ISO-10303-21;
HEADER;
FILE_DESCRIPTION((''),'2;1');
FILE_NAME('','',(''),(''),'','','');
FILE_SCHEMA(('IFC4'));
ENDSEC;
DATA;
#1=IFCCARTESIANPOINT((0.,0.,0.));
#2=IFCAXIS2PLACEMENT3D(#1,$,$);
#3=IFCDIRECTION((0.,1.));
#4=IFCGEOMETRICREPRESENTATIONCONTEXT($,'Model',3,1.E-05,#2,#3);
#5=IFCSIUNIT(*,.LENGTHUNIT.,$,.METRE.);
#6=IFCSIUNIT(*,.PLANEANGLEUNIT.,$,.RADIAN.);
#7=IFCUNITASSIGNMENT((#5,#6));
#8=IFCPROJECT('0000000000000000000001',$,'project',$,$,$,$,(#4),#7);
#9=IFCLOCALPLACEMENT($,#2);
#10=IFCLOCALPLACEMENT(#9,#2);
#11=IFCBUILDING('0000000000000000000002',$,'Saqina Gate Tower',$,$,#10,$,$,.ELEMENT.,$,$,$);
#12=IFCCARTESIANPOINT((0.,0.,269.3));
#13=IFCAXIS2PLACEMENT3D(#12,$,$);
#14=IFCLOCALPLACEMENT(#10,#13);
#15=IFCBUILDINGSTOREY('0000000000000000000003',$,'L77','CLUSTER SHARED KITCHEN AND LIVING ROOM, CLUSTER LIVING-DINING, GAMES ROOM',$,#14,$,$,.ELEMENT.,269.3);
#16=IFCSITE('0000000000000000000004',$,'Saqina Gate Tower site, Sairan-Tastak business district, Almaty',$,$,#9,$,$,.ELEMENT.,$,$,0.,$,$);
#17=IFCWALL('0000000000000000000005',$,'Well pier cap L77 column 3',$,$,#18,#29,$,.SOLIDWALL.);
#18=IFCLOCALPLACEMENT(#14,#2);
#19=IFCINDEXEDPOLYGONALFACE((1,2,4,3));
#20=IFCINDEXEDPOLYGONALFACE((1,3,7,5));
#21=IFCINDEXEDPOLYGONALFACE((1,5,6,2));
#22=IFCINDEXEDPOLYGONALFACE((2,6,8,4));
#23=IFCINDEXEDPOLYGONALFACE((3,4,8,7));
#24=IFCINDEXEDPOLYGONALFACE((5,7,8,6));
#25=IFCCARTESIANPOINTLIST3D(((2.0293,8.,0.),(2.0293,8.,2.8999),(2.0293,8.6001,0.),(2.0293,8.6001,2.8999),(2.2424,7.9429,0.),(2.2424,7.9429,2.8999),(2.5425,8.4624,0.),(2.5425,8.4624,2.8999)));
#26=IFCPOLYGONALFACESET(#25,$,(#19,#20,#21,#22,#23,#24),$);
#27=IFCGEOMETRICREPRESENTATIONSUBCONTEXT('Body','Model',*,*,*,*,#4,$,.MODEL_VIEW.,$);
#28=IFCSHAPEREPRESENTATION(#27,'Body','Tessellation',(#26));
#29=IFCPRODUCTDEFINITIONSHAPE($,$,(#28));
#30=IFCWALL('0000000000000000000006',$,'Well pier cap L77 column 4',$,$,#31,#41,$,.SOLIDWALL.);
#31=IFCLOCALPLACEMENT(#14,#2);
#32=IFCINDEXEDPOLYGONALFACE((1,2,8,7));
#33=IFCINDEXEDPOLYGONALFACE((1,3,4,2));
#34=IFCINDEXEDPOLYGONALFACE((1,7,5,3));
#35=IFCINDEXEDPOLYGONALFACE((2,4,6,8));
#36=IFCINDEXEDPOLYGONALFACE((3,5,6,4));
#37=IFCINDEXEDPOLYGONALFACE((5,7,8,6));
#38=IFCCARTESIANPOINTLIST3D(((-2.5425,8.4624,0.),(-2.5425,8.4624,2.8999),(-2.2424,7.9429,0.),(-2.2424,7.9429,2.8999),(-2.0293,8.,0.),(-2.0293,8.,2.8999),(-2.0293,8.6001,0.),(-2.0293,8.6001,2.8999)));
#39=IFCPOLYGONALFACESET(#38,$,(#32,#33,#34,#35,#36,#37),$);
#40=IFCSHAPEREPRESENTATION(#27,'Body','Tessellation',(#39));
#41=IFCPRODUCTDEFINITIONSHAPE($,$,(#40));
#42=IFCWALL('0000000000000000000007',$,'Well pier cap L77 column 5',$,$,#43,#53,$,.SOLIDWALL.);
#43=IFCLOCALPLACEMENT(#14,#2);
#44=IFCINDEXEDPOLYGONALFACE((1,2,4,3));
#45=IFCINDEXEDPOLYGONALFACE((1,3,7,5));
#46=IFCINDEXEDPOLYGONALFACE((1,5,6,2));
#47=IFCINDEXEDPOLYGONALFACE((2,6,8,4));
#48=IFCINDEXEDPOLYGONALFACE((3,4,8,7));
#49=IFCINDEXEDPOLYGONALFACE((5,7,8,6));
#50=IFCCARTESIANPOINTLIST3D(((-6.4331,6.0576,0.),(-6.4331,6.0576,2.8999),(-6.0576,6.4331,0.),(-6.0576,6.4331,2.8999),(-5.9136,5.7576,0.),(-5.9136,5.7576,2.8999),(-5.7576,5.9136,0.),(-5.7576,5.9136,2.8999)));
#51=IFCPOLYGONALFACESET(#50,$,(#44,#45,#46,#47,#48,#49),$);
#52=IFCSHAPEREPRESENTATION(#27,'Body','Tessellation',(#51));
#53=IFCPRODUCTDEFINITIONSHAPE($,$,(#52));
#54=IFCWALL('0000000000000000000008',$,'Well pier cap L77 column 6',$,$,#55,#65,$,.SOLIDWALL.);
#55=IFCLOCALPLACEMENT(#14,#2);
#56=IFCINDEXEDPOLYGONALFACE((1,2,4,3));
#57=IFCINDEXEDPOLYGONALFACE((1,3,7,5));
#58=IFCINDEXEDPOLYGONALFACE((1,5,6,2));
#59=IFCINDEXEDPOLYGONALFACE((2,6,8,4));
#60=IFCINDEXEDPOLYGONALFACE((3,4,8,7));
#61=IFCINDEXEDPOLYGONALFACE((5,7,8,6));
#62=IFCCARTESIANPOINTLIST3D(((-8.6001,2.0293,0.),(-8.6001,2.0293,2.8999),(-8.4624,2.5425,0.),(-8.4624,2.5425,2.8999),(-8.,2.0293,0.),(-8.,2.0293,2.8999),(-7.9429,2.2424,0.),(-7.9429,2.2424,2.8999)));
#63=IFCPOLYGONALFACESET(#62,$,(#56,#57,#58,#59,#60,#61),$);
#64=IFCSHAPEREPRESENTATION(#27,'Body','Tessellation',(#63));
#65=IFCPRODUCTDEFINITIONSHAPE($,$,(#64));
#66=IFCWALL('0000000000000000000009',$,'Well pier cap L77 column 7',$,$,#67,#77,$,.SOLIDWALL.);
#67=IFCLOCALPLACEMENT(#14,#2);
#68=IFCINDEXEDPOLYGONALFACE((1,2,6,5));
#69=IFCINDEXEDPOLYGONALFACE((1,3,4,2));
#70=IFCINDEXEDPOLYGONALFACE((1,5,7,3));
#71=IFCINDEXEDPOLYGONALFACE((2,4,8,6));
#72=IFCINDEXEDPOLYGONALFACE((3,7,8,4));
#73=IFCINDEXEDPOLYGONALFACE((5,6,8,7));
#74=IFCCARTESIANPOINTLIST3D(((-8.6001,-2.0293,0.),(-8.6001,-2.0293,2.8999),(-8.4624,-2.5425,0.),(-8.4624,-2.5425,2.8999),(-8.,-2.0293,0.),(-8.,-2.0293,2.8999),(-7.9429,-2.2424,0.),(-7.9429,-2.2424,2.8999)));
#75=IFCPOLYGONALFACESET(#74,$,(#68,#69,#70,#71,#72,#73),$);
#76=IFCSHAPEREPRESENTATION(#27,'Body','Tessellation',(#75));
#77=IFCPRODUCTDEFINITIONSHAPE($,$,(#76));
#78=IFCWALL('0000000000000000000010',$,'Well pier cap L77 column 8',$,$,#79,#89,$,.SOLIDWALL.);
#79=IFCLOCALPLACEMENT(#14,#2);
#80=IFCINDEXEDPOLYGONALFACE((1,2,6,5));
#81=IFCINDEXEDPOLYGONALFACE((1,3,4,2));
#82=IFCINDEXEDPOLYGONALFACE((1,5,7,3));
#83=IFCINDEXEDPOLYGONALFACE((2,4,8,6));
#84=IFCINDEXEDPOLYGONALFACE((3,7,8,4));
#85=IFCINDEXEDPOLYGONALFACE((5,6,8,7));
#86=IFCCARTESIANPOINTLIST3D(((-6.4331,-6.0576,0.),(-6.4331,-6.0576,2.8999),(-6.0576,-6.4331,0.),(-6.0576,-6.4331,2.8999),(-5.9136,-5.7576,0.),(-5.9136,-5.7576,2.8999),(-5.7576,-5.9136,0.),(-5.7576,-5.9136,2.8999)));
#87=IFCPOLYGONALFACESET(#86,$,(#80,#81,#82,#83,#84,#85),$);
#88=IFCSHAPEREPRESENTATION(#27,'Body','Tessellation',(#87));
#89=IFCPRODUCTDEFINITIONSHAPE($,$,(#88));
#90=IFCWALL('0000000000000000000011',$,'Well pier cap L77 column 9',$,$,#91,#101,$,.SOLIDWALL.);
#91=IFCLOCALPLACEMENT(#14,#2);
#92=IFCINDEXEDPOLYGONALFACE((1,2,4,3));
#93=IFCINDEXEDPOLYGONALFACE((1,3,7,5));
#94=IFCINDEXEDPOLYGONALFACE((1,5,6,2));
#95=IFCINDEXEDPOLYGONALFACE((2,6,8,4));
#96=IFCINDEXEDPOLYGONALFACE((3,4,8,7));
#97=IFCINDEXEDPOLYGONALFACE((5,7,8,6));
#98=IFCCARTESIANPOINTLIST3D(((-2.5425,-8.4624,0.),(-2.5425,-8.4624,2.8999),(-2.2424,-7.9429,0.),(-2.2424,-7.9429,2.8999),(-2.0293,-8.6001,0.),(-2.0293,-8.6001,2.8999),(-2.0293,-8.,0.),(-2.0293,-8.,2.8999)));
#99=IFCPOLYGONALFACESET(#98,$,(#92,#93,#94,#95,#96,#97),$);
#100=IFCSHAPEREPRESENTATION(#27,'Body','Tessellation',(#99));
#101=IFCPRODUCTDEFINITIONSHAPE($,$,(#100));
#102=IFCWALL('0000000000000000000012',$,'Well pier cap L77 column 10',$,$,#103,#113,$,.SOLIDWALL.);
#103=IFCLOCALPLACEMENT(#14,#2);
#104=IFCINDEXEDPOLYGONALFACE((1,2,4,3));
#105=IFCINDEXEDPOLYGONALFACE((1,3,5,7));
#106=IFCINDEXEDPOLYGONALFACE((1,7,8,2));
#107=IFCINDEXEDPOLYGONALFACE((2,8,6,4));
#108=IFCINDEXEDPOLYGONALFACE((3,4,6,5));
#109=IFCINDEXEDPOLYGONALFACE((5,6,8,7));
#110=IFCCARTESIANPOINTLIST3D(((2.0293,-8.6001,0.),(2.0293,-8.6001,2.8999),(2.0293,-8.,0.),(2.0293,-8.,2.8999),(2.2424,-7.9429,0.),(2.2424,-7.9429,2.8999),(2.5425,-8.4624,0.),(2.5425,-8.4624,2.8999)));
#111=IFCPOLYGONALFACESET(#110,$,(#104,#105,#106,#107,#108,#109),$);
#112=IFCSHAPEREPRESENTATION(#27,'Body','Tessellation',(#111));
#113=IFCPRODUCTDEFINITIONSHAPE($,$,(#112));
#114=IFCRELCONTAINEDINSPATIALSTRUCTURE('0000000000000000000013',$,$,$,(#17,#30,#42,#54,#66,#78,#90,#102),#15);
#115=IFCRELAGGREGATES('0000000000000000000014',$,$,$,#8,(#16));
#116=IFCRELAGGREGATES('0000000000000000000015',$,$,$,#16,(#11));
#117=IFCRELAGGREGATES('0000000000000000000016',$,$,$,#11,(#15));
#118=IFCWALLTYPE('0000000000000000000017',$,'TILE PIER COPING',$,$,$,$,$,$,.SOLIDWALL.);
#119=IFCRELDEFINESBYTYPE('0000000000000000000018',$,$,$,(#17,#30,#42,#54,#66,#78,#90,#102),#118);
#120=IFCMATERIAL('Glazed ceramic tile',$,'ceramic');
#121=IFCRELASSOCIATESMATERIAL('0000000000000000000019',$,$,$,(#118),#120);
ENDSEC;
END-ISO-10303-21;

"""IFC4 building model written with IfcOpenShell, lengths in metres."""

from ifc_helpers import new_model, si_unit, direction, frame, origin, place, context, subcontext, project, spatial, polyline, outline, extrude, material, type_object, element, save


model = new_model("IFC4")

# Units and contexts
model_context = context("Model", 3, precision=1e-05, world=origin(), true_north=direction((0.0, 1.0)))
body_context = subcontext(model_context, "Body", "Model", "MODEL_VIEW")
ifc_project = project(units=[si_unit("LENGTHUNIT", "METRE"), si_unit("PLANEANGLEUNIT", "RADIAN")], contexts=[model_context])

# Site, building, storey
site_placement = place(None, origin())
site = spatial("IfcSite", under=ifc_project, at=site_placement, Name="Saqina Gate Tower site, Sairan-Tastak business district, Almaty", CompositionType="ELEMENT", RefElevation=0.0)
building_placement = place(site_placement, origin())
building = spatial("IfcBuilding", under=site, at=building_placement, Name="Saqina Gate Tower", CompositionType="ELEMENT")
storey_placement = place(building_placement, frame((0.0, 0.0, 269.3)))
storey = spatial("IfcBuildingStorey", under=building, at=storey_placement, Name="L77", Description="CLUSTER SHARED KITCHEN AND LIVING ROOM, CLUSTER LIVING-DINING, GAMES ROOM", CompositionType="ELEMENT", Elevation=269.3)

# Walls
ifc_material_1 = material(Name="Glazed ceramic tile", Category="ceramic")
wall_type_1 = type_object("IfcWallType", Name="TILE PIER COPING", PredefinedType="SOLIDWALL", material=ifc_material_1)
wall_1_placement = place(storey_placement, origin())
element("IfcWall", 1, at=wall_1_placement, inside=storey, type_object=wall_type_1, Name="Well pier cap L77 column 3", PredefinedType="SOLIDWALL", context=body_context, shape_type="SweptSolid", body=[
    extrude(outline(polyline([(2.0293, 8.6001), (2.0293, 8.0), (2.2424, 7.9429), (2.5425, 8.4624), (2.0293, 8.6001)])), origin(), (0.0, 0.0, 1.0), 2.8999),
])
wall_2_placement = place(storey_placement, origin())
element("IfcWall", 2, at=wall_2_placement, inside=storey, type_object=wall_type_1, Name="Well pier cap L77 column 4", PredefinedType="SOLIDWALL", context=body_context, shape_type="SweptSolid", body=[
    extrude(outline(polyline([(-2.5425, 8.4624), (-2.2424, 7.9429), (-2.0293, 8.0), (-2.0293, 8.6001), (-2.5425, 8.4624)])), origin(), (0.0, 0.0, 1.0), 2.8999),
])
wall_3_placement = place(storey_placement, origin())
element("IfcWall", 3, at=wall_3_placement, inside=storey, type_object=wall_type_1, Name="Well pier cap L77 column 5", PredefinedType="SOLIDWALL", context=body_context, shape_type="SweptSolid", body=[
    extrude(outline(polyline([(-6.4331, 6.0576), (-5.9136, 5.7576), (-5.7576, 5.9136), (-6.0576, 6.4331), (-6.4331, 6.0576)])), origin(), (0.0, 0.0, 1.0), 2.8999),
])
wall_4_placement = place(storey_placement, origin())
element("IfcWall", 4, at=wall_4_placement, inside=storey, type_object=wall_type_1, Name="Well pier cap L77 column 6", PredefinedType="SOLIDWALL", context=body_context, shape_type="SweptSolid", body=[
    extrude(outline(polyline([(-8.6001, 2.0293), (-8.0, 2.0293), (-7.9429, 2.2424), (-8.4624, 2.5425), (-8.6001, 2.0293)])), origin(), (0.0, 0.0, 1.0), 2.8999),
])
wall_5_placement = place(storey_placement, origin())
element("IfcWall", 5, at=wall_5_placement, inside=storey, type_object=wall_type_1, Name="Well pier cap L77 column 7", PredefinedType="SOLIDWALL", context=body_context, shape_type="SweptSolid", body=[
    extrude(outline(polyline([(-8.4624, -2.5425), (-7.9429, -2.2424), (-8.0, -2.0293), (-8.6001, -2.0293), (-8.4624, -2.5425)])), origin(), (0.0, 0.0, 1.0), 2.8999),
])
wall_6_placement = place(storey_placement, origin())
element("IfcWall", 6, at=wall_6_placement, inside=storey, type_object=wall_type_1, Name="Well pier cap L77 column 8", PredefinedType="SOLIDWALL", context=body_context, shape_type="SweptSolid", body=[
    extrude(outline(polyline([(-6.0576, -6.4331), (-5.7576, -5.9136), (-5.9136, -5.7576), (-6.4331, -6.0576), (-6.0576, -6.4331)])), origin(), (0.0, 0.0, 1.0), 2.8999),
])
wall_7_placement = place(storey_placement, origin())
element("IfcWall", 7, at=wall_7_placement, inside=storey, type_object=wall_type_1, Name="Well pier cap L77 column 9", PredefinedType="SOLIDWALL", context=body_context, shape_type="SweptSolid", body=[
    extrude(outline(polyline([(-2.0293, -8.6001), (-2.0293, -8.0), (-2.2424, -7.9429), (-2.5425, -8.4624), (-2.0293, -8.6001)])), origin(), (0.0, 0.0, 1.0), 2.8999),
])
wall_8_placement = place(storey_placement, origin())
element("IfcWall", 8, at=wall_8_placement, inside=storey, type_object=wall_type_1, Name="Well pier cap L77 column 10", PredefinedType="SOLIDWALL", context=body_context, shape_type="SweptSolid", body=[
    extrude(outline(polyline([(2.5425, -8.4624), (2.2424, -7.9429), (2.0293, -8.0), (2.0293, -8.6001), (2.5425, -8.4624)])), origin(), (0.0, 0.0, 1.0), 2.8999),
])

save(model, "model.ifc")
